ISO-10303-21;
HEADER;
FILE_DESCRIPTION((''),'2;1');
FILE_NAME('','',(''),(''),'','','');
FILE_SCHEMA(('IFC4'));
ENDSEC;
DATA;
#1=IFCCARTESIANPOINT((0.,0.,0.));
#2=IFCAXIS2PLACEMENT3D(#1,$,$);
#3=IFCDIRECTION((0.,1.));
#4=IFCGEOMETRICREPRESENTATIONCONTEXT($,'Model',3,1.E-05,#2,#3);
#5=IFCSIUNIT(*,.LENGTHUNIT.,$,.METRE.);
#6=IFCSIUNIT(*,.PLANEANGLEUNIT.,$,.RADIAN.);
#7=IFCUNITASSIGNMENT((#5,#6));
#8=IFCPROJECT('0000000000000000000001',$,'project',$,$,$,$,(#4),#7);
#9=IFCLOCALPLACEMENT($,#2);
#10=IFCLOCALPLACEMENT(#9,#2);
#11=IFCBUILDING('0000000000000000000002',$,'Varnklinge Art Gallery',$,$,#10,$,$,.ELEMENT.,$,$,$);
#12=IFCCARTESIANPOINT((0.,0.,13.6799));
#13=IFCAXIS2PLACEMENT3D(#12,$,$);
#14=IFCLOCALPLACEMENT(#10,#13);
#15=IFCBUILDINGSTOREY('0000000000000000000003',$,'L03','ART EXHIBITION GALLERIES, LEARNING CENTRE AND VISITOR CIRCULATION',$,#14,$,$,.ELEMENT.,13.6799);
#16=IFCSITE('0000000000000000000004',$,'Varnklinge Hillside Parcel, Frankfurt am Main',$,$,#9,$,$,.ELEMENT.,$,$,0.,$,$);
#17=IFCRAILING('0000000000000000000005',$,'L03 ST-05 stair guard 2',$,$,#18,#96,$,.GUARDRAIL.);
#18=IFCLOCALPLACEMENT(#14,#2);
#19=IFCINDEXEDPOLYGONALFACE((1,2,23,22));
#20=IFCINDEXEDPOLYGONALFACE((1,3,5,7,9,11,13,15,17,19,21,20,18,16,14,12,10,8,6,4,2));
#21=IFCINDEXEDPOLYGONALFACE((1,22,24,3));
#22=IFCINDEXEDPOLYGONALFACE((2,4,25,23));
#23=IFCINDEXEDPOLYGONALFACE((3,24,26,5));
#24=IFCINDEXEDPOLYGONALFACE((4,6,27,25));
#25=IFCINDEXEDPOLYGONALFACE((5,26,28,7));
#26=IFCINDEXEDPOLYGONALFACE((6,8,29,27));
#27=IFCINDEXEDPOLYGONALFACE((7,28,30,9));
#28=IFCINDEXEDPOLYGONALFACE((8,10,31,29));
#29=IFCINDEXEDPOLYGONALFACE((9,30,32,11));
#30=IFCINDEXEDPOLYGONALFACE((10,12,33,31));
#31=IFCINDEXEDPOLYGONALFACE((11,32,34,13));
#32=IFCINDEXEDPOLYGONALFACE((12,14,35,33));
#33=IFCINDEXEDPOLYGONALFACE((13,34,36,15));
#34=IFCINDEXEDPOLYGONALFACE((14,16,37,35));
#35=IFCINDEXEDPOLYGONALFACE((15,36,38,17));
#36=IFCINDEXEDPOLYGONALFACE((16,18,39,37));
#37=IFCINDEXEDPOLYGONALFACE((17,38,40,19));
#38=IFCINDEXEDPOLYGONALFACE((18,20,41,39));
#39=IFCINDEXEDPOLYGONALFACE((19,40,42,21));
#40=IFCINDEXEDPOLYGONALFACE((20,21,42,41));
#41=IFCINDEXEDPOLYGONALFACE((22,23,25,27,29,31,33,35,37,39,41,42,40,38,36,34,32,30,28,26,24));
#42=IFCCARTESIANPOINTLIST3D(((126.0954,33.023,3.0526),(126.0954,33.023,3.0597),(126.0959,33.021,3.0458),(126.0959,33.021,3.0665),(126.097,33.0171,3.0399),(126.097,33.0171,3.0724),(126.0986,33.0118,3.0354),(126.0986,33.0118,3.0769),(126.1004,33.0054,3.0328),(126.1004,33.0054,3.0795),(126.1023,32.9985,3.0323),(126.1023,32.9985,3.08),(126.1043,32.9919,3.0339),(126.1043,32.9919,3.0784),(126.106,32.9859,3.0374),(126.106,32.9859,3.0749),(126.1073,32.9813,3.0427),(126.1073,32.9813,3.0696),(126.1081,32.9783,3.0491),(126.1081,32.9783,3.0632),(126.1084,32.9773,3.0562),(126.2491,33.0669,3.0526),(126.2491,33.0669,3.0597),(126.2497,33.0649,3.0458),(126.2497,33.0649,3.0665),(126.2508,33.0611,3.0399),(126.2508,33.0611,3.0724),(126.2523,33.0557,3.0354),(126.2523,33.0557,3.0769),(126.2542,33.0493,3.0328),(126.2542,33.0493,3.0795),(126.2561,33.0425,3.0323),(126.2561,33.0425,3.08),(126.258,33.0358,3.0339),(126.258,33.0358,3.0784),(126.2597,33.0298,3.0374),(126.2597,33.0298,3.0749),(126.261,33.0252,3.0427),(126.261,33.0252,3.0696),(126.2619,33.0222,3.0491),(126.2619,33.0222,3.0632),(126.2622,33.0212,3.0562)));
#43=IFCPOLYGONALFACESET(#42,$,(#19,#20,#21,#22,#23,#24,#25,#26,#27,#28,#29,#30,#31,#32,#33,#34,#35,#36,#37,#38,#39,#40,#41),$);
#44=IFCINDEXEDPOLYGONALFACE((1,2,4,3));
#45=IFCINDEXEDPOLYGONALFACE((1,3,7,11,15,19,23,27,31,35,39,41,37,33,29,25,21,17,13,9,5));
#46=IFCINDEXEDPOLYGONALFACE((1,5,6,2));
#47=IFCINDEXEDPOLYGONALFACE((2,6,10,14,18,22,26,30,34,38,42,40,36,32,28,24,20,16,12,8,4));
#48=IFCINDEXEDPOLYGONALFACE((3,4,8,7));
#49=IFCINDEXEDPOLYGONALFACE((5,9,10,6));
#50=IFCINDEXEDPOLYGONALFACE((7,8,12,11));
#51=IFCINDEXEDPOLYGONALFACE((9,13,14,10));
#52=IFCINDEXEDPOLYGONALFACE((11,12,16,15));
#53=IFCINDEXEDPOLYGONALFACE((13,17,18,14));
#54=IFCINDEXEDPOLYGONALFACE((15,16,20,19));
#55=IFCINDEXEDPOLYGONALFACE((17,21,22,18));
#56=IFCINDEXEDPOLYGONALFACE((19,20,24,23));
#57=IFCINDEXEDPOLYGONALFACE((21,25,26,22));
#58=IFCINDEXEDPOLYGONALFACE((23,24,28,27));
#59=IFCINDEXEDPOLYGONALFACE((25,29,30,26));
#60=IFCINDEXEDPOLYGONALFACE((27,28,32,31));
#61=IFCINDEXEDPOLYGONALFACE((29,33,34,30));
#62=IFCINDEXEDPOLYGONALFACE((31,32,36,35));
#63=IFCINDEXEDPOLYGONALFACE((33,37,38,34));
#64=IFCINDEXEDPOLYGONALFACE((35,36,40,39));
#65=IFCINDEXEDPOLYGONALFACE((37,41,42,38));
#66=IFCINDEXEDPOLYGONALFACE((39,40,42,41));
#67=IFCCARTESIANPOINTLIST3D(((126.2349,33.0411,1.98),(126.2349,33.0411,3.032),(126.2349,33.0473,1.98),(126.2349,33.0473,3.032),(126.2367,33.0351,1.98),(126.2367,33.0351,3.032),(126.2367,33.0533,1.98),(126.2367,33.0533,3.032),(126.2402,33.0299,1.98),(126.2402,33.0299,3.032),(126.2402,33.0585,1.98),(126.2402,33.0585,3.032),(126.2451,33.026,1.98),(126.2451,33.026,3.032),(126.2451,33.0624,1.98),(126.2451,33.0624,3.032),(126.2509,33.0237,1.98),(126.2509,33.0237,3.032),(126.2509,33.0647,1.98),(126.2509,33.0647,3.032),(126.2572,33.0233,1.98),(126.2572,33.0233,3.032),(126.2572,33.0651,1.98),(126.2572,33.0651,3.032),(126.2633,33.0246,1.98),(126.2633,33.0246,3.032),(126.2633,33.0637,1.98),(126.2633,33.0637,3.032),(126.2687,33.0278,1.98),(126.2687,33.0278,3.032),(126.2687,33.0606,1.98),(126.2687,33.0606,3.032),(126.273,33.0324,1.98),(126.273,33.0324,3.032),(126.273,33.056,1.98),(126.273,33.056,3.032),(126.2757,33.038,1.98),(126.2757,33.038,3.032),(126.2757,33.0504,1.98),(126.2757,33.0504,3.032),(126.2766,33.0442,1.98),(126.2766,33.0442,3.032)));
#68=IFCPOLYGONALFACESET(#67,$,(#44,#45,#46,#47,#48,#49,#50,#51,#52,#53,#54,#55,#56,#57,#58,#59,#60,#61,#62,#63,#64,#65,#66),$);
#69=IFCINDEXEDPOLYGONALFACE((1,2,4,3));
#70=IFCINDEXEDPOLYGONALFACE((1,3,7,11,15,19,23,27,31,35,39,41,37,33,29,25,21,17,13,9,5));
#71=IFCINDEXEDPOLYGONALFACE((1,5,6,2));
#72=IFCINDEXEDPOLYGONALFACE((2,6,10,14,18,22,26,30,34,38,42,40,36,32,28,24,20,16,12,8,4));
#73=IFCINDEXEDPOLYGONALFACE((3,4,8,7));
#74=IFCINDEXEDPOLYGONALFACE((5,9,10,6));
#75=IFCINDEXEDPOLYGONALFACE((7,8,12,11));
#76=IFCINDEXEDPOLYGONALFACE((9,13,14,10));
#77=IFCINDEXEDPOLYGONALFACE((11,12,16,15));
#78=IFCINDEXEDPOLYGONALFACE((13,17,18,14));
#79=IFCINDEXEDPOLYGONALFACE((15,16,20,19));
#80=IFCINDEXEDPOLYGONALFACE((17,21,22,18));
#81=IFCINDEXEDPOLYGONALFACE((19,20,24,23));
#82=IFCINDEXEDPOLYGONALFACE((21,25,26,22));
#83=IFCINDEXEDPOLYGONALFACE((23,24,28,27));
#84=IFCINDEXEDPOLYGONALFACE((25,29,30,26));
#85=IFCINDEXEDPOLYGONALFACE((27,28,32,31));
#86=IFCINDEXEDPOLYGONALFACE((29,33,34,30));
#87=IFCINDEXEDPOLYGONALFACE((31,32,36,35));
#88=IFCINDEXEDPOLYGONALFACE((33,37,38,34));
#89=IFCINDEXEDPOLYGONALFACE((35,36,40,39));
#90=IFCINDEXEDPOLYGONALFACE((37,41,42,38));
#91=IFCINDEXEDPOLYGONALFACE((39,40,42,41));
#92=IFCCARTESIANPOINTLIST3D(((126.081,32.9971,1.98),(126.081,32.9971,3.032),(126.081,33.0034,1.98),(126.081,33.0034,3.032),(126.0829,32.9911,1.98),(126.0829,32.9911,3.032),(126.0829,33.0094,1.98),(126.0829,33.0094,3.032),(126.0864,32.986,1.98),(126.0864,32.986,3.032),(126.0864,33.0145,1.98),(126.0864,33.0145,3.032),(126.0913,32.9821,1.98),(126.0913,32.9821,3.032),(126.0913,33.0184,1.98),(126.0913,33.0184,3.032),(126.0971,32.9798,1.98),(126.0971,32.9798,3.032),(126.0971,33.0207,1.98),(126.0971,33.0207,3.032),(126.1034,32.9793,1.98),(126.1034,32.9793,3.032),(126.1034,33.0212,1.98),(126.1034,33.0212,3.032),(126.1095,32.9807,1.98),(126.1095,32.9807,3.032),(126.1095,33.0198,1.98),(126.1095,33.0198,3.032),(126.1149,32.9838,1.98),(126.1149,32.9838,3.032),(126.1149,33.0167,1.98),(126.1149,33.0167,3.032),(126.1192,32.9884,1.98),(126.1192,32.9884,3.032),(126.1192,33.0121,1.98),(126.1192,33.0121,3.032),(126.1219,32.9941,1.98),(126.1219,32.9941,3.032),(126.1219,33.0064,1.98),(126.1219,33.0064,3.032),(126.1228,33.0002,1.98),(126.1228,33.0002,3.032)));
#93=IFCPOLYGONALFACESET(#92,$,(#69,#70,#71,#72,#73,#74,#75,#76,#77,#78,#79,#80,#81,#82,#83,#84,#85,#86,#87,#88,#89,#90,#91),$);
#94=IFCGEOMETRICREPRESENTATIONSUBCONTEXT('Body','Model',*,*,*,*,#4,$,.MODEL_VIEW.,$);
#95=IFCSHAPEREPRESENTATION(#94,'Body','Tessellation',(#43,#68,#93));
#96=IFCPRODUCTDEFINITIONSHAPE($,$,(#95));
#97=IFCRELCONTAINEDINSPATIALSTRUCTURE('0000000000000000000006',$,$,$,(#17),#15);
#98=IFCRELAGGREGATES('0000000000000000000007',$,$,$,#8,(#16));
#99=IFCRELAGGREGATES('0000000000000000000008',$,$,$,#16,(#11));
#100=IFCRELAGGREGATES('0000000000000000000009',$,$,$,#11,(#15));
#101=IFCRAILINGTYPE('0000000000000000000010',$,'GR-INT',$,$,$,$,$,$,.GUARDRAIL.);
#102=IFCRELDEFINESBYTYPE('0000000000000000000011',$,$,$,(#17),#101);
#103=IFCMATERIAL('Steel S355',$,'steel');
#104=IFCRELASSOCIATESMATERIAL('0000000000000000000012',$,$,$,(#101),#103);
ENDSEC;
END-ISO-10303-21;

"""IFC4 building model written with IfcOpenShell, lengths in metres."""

from ifc_helpers import new_model, si_unit, direction, frame, origin, origin_2d, place, context, subcontext, project, spatial, circle, extrude, material, type_object, element, save


model = new_model("IFC4")

# Units and contexts
model_context = context("Model", 3, precision=1e-05, world=origin(), true_north=direction((0.0, 1.0)))
body_context = subcontext(model_context, "Body", "Model", "MODEL_VIEW")
ifc_project = project(units=[si_unit("LENGTHUNIT", "METRE"), si_unit("PLANEANGLEUNIT", "RADIAN")], contexts=[model_context])

# Site, building, storey
site_placement = place(None, origin())
site = spatial("IfcSite", under=ifc_project, at=site_placement, Name="Varnklinge Hillside Parcel, Frankfurt am Main", CompositionType="ELEMENT", RefElevation=0.0)
building_placement = place(site_placement, origin())
building = spatial("IfcBuilding", under=site, at=building_placement, Name="Varnklinge Art Gallery", CompositionType="ELEMENT")
storey_placement = place(building_placement, frame((0.0, 0.0, 13.6799)))
storey = spatial("IfcBuildingStorey", under=building, at=storey_placement, Name="L03", Description="ART EXHIBITION GALLERIES, LEARNING CENTRE AND VISITOR CIRCULATION", CompositionType="ELEMENT", Elevation=13.6799)

# Railing
ifc_material_1 = material(Name="Steel S355", Category="steel")
railing_type_1 = type_object("IfcRailingType", Name="GR-INT", PredefinedType="GUARDRAIL", material=ifc_material_1)
railing_1_placement = place(storey_placement, frame((126.2556, 33.0442, 1.98)))
element("IfcRailing", 1, at=railing_1_placement, inside=storey, type_object=railing_type_1, Name="L03 ST-05 stair guard 2", PredefinedType="GUARDRAIL", context=body_context, shape_type="SweptSolid", body=[
    extrude(circle(Radius=0.0239, at=origin_2d()), frame((0.0, 0.0, 1.0762), z_axis=(-0.961524, -0.274721, 0.0), x_axis=(0.274721, -0.961524, 0.0)), (0.0, 0.0, 1.0), 0.1599),
    extrude(circle(Radius=0.021, at=origin_2d()), origin(), (0.0, 0.0, 1.0), 1.052),
    extrude(circle(Radius=0.021, at=origin_2d()), frame((-0.1538, -0.0439, 0.0)), (0.0, 0.0, 1.0), 1.052),
])

save(model, "model.ifc")
